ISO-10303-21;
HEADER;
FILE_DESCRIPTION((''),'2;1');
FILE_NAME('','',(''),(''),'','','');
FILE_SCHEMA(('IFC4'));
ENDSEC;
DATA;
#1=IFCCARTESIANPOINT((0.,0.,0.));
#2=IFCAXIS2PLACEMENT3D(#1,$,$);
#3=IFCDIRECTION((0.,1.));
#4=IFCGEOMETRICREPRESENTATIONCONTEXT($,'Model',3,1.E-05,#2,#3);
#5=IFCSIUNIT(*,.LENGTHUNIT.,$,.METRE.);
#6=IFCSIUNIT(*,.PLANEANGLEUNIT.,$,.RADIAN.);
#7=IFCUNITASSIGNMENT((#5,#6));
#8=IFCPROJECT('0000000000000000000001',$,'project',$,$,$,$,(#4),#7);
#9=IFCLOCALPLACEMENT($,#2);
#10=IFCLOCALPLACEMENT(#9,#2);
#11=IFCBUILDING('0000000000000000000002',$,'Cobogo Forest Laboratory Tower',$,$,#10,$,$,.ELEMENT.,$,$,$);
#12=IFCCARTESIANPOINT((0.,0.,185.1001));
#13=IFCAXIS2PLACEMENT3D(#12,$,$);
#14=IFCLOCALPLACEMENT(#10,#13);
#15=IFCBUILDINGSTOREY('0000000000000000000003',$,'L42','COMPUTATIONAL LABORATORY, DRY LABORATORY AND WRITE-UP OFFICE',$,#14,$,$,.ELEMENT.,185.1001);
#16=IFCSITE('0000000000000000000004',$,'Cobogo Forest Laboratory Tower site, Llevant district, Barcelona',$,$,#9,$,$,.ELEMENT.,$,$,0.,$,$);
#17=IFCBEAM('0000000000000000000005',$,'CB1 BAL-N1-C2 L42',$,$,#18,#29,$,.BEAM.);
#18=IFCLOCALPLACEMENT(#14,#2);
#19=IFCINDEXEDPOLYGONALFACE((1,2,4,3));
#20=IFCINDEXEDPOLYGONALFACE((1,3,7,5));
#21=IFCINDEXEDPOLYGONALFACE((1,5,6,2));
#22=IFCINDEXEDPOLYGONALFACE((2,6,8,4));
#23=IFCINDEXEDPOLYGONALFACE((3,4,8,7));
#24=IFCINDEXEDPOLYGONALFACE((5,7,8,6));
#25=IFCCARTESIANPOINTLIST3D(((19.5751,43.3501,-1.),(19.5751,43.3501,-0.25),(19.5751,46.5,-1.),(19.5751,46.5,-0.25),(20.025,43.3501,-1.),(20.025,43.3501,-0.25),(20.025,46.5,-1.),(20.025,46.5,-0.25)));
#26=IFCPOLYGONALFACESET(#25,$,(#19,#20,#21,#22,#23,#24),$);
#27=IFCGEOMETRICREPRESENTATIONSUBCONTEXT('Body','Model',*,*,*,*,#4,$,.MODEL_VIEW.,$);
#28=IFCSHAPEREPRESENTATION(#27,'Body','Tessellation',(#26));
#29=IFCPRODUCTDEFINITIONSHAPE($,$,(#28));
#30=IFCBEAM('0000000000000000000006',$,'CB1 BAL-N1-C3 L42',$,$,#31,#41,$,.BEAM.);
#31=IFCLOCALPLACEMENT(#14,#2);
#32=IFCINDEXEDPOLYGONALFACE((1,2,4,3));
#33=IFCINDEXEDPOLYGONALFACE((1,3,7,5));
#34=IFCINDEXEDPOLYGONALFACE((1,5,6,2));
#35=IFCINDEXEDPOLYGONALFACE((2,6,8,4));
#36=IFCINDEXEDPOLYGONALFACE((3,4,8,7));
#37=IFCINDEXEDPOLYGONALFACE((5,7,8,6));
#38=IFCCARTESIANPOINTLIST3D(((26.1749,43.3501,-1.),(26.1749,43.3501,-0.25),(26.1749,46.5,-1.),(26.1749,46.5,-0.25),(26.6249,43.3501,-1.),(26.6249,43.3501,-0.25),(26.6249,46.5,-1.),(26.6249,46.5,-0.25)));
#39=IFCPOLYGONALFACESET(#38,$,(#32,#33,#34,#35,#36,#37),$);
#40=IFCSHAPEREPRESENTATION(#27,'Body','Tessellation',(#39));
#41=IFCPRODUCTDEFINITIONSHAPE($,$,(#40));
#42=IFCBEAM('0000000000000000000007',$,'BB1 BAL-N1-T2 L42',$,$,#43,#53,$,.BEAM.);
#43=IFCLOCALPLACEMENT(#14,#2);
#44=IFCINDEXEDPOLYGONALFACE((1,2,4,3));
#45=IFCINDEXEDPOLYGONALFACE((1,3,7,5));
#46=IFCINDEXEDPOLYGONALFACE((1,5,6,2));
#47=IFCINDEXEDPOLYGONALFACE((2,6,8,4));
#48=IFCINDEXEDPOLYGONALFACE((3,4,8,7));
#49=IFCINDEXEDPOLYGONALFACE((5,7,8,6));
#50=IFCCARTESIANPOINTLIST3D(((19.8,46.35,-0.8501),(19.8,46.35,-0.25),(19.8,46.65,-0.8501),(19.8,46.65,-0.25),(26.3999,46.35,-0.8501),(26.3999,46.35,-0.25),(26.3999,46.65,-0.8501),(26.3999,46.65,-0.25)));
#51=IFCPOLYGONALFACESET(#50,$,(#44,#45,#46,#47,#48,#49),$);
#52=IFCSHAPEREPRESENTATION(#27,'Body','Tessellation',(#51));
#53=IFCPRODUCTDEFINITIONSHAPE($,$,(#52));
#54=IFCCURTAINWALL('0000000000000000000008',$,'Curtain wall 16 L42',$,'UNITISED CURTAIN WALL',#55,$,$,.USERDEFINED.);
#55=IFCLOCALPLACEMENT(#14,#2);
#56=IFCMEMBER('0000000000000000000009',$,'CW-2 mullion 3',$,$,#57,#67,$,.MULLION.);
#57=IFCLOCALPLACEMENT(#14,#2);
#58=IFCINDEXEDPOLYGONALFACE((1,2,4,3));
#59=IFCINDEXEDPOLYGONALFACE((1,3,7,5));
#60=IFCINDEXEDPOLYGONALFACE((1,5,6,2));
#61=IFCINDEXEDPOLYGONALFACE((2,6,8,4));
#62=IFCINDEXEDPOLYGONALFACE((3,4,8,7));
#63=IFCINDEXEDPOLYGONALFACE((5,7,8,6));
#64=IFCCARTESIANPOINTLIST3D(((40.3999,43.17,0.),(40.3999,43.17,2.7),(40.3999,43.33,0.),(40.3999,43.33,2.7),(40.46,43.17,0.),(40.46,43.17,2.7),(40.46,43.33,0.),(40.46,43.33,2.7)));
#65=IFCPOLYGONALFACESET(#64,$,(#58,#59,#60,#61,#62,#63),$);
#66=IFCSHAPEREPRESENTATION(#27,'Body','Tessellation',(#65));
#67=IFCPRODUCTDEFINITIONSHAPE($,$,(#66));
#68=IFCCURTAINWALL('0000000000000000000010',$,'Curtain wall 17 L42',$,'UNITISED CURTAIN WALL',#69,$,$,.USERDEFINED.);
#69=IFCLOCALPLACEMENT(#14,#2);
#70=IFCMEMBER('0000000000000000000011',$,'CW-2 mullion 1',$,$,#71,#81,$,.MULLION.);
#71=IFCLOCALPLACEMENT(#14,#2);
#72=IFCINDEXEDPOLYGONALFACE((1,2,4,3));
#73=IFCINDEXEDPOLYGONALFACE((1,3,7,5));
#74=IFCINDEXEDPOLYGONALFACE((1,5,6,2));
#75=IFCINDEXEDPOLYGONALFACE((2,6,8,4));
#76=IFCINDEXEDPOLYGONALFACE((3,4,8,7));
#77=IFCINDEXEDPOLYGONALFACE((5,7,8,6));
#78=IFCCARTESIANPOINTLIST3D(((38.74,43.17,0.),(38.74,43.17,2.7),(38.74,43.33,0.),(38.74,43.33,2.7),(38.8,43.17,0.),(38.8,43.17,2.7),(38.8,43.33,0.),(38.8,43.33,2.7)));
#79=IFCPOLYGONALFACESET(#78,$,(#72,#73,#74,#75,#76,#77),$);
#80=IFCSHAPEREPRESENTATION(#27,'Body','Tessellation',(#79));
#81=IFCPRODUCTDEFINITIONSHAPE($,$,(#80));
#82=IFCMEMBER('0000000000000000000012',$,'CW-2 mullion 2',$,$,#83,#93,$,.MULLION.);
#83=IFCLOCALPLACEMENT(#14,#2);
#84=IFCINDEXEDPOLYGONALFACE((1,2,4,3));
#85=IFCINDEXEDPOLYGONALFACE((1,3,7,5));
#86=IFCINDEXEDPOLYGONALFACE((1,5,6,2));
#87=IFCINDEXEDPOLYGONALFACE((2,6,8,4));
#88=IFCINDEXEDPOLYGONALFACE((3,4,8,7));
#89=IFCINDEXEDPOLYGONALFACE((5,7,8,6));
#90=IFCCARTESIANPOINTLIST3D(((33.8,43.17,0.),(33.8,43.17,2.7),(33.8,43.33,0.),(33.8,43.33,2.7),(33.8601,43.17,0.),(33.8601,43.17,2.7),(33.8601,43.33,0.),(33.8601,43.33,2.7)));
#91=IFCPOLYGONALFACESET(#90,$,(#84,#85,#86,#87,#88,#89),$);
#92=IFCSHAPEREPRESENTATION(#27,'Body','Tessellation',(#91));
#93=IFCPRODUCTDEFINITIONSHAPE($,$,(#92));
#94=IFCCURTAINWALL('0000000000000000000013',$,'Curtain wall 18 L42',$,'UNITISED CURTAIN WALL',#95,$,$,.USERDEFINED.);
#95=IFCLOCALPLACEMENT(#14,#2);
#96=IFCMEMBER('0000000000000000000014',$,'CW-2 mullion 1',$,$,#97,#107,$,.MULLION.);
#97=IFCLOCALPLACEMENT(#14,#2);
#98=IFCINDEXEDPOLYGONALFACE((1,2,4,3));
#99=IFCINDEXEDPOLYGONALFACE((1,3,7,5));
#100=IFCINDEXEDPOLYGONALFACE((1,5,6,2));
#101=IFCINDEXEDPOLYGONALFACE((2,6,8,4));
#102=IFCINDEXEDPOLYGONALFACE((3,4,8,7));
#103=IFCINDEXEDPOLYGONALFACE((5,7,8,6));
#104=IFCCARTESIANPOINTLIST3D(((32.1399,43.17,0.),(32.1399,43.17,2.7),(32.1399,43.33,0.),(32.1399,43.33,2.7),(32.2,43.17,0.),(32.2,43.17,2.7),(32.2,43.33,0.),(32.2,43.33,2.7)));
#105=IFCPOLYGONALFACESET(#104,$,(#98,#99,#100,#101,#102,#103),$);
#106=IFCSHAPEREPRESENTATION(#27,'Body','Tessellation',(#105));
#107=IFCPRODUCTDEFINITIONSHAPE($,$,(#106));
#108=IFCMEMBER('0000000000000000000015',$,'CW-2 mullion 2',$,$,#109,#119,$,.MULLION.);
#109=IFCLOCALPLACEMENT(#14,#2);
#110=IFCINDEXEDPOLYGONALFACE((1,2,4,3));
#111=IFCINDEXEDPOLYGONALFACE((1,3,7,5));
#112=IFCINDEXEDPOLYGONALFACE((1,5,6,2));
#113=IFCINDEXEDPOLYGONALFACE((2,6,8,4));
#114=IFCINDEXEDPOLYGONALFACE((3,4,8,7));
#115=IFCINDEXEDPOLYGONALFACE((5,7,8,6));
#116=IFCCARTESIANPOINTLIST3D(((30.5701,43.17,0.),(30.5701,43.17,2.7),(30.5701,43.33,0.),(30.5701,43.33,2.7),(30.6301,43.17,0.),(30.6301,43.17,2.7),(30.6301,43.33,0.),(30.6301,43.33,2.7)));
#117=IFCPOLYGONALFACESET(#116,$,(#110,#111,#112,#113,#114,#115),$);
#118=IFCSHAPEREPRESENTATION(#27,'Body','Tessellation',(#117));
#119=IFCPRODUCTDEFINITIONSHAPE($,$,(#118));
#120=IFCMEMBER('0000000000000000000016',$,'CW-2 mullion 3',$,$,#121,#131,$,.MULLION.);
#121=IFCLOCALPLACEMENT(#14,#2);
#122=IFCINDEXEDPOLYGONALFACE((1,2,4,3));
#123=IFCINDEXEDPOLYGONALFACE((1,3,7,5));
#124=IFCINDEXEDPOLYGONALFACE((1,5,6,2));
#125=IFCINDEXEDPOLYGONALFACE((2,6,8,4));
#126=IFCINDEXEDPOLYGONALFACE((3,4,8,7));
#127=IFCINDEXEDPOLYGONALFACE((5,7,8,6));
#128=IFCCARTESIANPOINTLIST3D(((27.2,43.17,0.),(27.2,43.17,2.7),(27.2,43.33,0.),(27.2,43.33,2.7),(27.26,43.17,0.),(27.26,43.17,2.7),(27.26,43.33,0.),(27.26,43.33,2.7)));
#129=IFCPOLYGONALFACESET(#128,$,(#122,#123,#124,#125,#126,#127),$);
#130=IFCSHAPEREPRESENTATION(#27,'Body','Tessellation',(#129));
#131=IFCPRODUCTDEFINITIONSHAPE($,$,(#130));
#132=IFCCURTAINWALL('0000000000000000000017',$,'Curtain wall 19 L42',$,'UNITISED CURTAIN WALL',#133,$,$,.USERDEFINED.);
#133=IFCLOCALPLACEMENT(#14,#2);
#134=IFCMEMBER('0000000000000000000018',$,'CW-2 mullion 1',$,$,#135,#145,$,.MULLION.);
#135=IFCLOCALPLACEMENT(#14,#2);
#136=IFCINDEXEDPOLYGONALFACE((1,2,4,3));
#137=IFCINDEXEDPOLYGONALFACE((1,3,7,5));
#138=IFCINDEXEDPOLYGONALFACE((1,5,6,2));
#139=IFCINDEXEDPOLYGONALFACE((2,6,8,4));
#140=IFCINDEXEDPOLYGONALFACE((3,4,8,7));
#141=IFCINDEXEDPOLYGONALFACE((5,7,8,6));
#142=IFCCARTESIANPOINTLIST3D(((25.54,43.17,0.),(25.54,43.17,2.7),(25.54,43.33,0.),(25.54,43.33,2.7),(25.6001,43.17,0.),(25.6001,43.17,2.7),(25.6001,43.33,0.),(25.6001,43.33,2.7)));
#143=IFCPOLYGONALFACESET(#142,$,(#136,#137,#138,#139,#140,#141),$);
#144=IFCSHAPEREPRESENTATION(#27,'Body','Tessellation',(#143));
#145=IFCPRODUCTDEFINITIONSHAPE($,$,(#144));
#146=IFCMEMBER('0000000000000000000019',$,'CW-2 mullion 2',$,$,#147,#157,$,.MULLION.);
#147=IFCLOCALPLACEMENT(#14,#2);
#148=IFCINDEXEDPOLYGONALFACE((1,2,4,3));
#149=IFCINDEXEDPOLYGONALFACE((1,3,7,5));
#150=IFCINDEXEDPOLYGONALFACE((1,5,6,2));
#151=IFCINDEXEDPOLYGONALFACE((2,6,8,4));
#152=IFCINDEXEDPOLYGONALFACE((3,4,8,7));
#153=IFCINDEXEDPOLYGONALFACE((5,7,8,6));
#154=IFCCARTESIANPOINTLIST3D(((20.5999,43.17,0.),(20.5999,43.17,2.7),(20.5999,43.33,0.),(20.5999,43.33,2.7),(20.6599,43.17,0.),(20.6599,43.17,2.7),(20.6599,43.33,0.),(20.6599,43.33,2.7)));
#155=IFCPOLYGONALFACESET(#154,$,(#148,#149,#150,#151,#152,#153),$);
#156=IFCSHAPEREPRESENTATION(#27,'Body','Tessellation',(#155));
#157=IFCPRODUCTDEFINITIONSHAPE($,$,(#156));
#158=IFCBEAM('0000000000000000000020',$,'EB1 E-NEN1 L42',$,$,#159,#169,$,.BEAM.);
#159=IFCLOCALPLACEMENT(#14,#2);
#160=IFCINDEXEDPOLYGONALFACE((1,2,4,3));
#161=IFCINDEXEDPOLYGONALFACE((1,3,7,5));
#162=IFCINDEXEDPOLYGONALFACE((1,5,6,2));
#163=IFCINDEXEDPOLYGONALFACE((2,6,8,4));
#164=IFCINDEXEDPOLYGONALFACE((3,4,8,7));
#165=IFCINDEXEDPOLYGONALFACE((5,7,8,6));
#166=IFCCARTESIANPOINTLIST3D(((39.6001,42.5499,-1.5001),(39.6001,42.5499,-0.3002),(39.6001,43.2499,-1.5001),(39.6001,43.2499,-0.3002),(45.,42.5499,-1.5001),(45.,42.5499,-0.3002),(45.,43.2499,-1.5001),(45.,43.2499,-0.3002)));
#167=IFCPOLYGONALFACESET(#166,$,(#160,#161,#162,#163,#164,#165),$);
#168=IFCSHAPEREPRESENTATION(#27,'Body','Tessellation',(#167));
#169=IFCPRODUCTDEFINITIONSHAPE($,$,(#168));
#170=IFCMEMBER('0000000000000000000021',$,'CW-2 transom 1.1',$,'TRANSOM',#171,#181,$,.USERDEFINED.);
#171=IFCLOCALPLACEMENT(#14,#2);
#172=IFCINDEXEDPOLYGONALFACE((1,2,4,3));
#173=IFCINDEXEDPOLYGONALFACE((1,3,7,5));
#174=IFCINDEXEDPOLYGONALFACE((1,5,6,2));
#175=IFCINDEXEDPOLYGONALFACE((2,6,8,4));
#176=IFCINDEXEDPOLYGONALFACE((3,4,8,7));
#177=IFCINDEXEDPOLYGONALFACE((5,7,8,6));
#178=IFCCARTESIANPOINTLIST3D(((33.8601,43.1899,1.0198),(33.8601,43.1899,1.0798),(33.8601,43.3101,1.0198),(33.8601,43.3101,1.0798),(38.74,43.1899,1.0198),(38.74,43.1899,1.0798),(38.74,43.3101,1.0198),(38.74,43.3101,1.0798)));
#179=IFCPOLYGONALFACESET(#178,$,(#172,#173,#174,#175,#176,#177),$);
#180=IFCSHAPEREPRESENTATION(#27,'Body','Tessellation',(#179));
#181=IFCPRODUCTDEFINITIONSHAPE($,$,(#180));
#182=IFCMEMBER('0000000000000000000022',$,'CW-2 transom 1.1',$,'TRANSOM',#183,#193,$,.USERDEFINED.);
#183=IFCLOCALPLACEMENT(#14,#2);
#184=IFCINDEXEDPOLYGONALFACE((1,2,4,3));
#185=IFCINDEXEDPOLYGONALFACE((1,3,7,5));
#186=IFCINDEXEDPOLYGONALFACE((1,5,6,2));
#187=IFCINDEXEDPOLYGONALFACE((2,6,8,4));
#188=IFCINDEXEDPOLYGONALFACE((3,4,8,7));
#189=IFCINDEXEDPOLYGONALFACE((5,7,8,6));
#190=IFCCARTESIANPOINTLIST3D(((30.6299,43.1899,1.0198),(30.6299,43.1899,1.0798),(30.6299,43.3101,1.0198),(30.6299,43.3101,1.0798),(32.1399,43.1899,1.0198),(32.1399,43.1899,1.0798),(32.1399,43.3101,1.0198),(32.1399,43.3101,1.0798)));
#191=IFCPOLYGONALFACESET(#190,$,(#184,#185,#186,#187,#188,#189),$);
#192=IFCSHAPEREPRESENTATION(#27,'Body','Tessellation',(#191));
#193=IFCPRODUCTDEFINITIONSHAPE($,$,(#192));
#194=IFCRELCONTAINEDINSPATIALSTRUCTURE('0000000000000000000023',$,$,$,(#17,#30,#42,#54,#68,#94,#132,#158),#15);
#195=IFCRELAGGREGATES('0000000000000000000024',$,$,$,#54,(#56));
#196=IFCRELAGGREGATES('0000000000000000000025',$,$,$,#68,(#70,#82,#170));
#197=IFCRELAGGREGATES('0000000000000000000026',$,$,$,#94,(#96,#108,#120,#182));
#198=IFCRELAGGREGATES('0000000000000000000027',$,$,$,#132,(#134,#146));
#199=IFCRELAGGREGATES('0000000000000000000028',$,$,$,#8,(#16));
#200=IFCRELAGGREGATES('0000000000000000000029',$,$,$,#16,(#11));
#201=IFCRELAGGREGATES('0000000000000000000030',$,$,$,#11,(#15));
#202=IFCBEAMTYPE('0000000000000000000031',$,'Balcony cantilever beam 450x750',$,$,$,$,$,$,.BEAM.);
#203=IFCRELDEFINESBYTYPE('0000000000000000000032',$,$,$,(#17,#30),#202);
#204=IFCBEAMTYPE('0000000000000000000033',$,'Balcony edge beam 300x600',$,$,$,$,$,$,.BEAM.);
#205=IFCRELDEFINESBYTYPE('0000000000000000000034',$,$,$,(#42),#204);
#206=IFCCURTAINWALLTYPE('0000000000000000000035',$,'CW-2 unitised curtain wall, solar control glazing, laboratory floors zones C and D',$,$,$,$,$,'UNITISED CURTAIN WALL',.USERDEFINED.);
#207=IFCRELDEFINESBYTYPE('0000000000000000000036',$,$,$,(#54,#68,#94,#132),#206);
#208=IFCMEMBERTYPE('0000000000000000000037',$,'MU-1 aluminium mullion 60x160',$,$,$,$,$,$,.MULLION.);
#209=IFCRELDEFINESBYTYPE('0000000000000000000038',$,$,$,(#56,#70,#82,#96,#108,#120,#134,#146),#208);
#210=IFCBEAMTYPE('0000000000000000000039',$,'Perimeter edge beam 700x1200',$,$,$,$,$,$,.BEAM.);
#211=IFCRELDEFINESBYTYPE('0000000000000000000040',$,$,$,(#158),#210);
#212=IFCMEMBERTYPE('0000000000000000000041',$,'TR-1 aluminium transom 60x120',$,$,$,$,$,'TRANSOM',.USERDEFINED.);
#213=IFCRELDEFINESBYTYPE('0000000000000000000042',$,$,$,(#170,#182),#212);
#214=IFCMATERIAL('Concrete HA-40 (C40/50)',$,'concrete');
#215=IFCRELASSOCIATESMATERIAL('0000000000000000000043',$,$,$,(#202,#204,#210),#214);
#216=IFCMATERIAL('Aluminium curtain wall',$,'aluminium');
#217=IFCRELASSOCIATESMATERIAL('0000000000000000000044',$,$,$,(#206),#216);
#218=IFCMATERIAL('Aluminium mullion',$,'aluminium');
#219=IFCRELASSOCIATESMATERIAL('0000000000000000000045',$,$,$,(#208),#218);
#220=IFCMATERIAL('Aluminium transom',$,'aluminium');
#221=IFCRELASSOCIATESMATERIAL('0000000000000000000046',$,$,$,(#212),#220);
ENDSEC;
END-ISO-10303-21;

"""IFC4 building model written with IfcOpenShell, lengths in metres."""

from ifc_helpers import new_model, si_unit, direction, frame, origin, origin_2d, place, context, subcontext, project, spatial, rectangle, extrude, material, material_profile, profile_set, type_object, element, aggregate, save


model = new_model("IFC4")

# Units and contexts
model_context = context("Model", 3, precision=1e-05, world=origin(), true_north=direction((0.0, 1.0)))
body_context = subcontext(model_context, "Body", "Model", "MODEL_VIEW")
ifc_project = project(units=[si_unit("LENGTHUNIT", "METRE"), si_unit("PLANEANGLEUNIT", "RADIAN")], contexts=[model_context])

# Site, building, storey
site_placement = place(None, origin())
site = spatial("IfcSite", under=ifc_project, at=site_placement, Name="Cobogo Forest Laboratory Tower site, Llevant district, Barcelona", CompositionType="ELEMENT", RefElevation=0.0)
building_placement = place(site_placement, origin())
building = spatial("IfcBuilding", under=site, at=building_placement, Name="Cobogo Forest Laboratory Tower", CompositionType="ELEMENT")
storey_placement = place(building_placement, frame((0.0, 0.0, 185.1001)))
storey = spatial("IfcBuildingStorey", under=building, at=storey_placement, Name="L42", Description="COMPUTATIONAL LABORATORY, DRY LABORATORY AND WRITE-UP OFFICE", CompositionType="ELEMENT", Elevation=185.1001)

# Beams
ifc_material_1 = material(Name="Concrete HA-40 (C40/50)", Category="concrete")
ifc_material_profile_1 = material_profile(ifc_material_1, rectangle(XDim=0.45, YDim=0.75, at=origin_2d()), Name="RC 450x750")
ifc_profile_set_1 = profile_set([ifc_material_profile_1], Name="Concrete HA-40 (C40/50)")
beam_type_1 = type_object("IfcBeamType", Name="Balcony cantilever beam 450x750", PredefinedType="BEAM", material=ifc_profile_set_1)
for number, where, z_axis, x_axis, name in (
    (1, (19.8, 43.3501, -0.625), (0.0, 1.0, 0.0), (-1.0, 0.0, 0.0), "CB1 BAL-N1-C2 L42"),
    (2, (26.3999, 43.3501, -0.625), (0.0, 1.0, 0.0), (-1.0, 0.0, 0.0), "CB1 BAL-N1-C3 L42"),
):
    element("IfcBeam", number, at=place(storey_placement, frame(where, z_axis=z_axis, x_axis=x_axis)), inside=storey, type_object=beam_type_1, Name=name, PredefinedType="BEAM", context=body_context, shape_type="SweptSolid", body=[
        extrude(rectangle(XDim=0.45, YDim=0.75, at=origin_2d()), origin(), (0.0, 0.0, 1.0), 3.1499),
    ])
ifc_material_profile_2 = material_profile(ifc_material_1, rectangle(XDim=0.3, YDim=0.6001, at=origin_2d()), Name="RC 300x600")
ifc_profile_set_2 = profile_set([ifc_material_profile_2], Name="Concrete HA-40 (C40/50)")
beam_type_2 = type_object("IfcBeamType", Name="Balcony edge beam 300x600", PredefinedType="BEAM", material=ifc_profile_set_2)
beam_1_placement = place(storey_placement, frame((19.8, 46.5, -0.55), z_axis=(1.0, 0.0, 0.0), x_axis=(0.0, 1.0, 0.0)))
element("IfcBeam", 3, at=beam_1_placement, inside=storey, type_object=beam_type_2, Name="BB1 BAL-N1-T2 L42", PredefinedType="BEAM", context=body_context, shape_type="SweptSolid", body=[
    extrude(rectangle(XDim=0.3, YDim=0.6001, at=origin_2d()), origin(), (0.0, 0.0, 1.0), 6.5999),
])

# Curtain wall, member
ifc_material_2 = material(Name="Aluminium curtain wall", Category="aluminium")
curtain_wall_type = type_object("IfcCurtainWallType", Name="CW-2 unitised curtain wall, solar control glazing, laboratory floors zones C and D", ElementType="UNITISED CURTAIN WALL", PredefinedType="USERDEFINED", material=ifc_material_2)
curtain_wall_1_placement = place(storey_placement, origin())
curtain_wall_1 = element("IfcCurtainWall", 4, at=curtain_wall_1_placement, inside=storey, type_object=curtain_wall_type, Name="Curtain wall 16 L42", ObjectType="UNITISED CURTAIN WALL", PredefinedType="USERDEFINED")
ifc_material_3 = material(Name="Aluminium mullion", Category="aluminium")
ifc_material_profile_3 = material_profile(ifc_material_3, rectangle(XDim=0.0601, YDim=0.1599, at=origin_2d()), Name="AL 60x160")
ifc_profile_set_3 = profile_set([ifc_material_profile_3], Name="Aluminium mullion")
member_type_1 = type_object("IfcMemberType", Name="MU-1 aluminium mullion 60x160", PredefinedType="MULLION", material=ifc_profile_set_3)
member_1_placement = place(storey_placement, frame((40.4299, 43.25, 0.0), z_axis=(0.0, 0.0, 1.0), x_axis=(-1.0, 0.0, 0.0)))
member_1 = element("IfcMember", 5, at=member_1_placement, type_object=member_type_1, Name="CW-2 mullion 3", PredefinedType="MULLION", context=body_context, shape_type="SweptSolid", body=[
    extrude(rectangle(XDim=0.0601, YDim=0.1599, at=origin_2d()), origin(), (0.0, 0.0, 1.0), 2.7),
])
aggregate(curtain_wall_1, [member_1])

# Curtain walls, members
curtain_wall_2_placement = place(storey_placement, origin())
curtain_wall_2 = element("IfcCurtainWall", 6, at=curtain_wall_2_placement, inside=storey, type_object=curtain_wall_type, Name="Curtain wall 17 L42", ObjectType="UNITISED CURTAIN WALL", PredefinedType="USERDEFINED")
member_2_placement = place(storey_placement, frame((38.77, 43.25, 0.0), z_axis=(0.0, 0.0, 1.0), x_axis=(-1.0, 0.0, 0.0)))
member_2 = element("IfcMember", 7, at=member_2_placement, type_object=member_type_1, Name="CW-2 mullion 1", PredefinedType="MULLION", context=body_context, shape_type="SweptSolid", body=[
    extrude(rectangle(XDim=0.0601, YDim=0.1599, at=origin_2d()), origin(), (0.0, 0.0, 1.0), 2.7),
])
member_3_placement = place(storey_placement, frame((33.8301, 43.25, 0.0), z_axis=(0.0, 0.0, 1.0), x_axis=(-1.0, 0.0, 0.0)))
member_3 = element("IfcMember", 8, at=member_3_placement, type_object=member_type_1, Name="CW-2 mullion 2", PredefinedType="MULLION", context=body_context, shape_type="SweptSolid", body=[
    extrude(rectangle(XDim=0.0601, YDim=0.1599, at=origin_2d()), origin(), (0.0, 0.0, 1.0), 2.7),
])
curtain_wall_3_placement = place(storey_placement, origin())
curtain_wall_3 = element("IfcCurtainWall", 9, at=curtain_wall_3_placement, inside=storey, type_object=curtain_wall_type, Name="Curtain wall 18 L42", ObjectType="UNITISED CURTAIN WALL", PredefinedType="USERDEFINED")
member_4_placement = place(storey_placement, frame((32.1699, 43.25, 0.0), z_axis=(0.0, 0.0, 1.0), x_axis=(-1.0, 0.0, 0.0)))
member_4 = element("IfcMember", 10, at=member_4_placement, type_object=member_type_1, Name="CW-2 mullion 1", PredefinedType="MULLION", context=body_context, shape_type="SweptSolid", body=[
    extrude(rectangle(XDim=0.0601, YDim=0.1599, at=origin_2d()), origin(), (0.0, 0.0, 1.0), 2.7),
])
member_5_placement = place(storey_placement, frame((30.6001, 43.25, 0.0), z_axis=(0.0, 0.0, 1.0), x_axis=(-1.0, 0.0, 0.0)))
member_5 = element("IfcMember", 11, at=member_5_placement, type_object=member_type_1, Name="CW-2 mullion 2", PredefinedType="MULLION", context=body_context, shape_type="SweptSolid", body=[
    extrude(rectangle(XDim=0.0601, YDim=0.1599, at=origin_2d()), origin(), (0.0, 0.0, 1.0), 2.7),
])
member_6_placement = place(storey_placement, frame((27.23, 43.25, 0.0), z_axis=(0.0, 0.0, 1.0), x_axis=(-1.0, 0.0, 0.0)))
member_6 = element("IfcMember", 12, at=member_6_placement, type_object=member_type_1, Name="CW-2 mullion 3", PredefinedType="MULLION", context=body_context, shape_type="SweptSolid", body=[
    extrude(rectangle(XDim=0.0601, YDim=0.1599, at=origin_2d()), origin(), (0.0, 0.0, 1.0), 2.7),
])
curtain_wall_4_placement = place(storey_placement, origin())
curtain_wall_4 = element("IfcCurtainWall", 13, at=curtain_wall_4_placement, inside=storey, type_object=curtain_wall_type, Name="Curtain wall 19 L42", ObjectType="UNITISED CURTAIN WALL", PredefinedType="USERDEFINED")
member_7_placement = place(storey_placement, frame((25.5701, 43.25, 0.0), z_axis=(0.0, 0.0, 1.0), x_axis=(-1.0, 0.0, 0.0)))
member_7 = element("IfcMember", 14, at=member_7_placement, type_object=member_type_1, Name="CW-2 mullion 1", PredefinedType="MULLION", context=body_context, shape_type="SweptSolid", body=[
    extrude(rectangle(XDim=0.0601, YDim=0.1599, at=origin_2d()), origin(), (0.0, 0.0, 1.0), 2.7),
])
member_8_placement = place(storey_placement, frame((20.6299, 43.25, 0.0), z_axis=(0.0, 0.0, 1.0), x_axis=(-1.0, 0.0, 0.0)))
member_8 = element("IfcMember", 15, at=member_8_placement, type_object=member_type_1, Name="CW-2 mullion 2", PredefinedType="MULLION", context=body_context, shape_type="SweptSolid", body=[
    extrude(rectangle(XDim=0.0601, YDim=0.1599, at=origin_2d()), origin(), (0.0, 0.0, 1.0), 2.7),
])

# Beam
ifc_material_profile_4 = material_profile(ifc_material_1, rectangle(XDim=0.7, YDim=1.2, at=origin_2d()), Name="RC 700x1200")
ifc_profile_set_4 = profile_set([ifc_material_profile_4], Name="Concrete HA-40 (C40/50)")
beam_type_3 = type_object("IfcBeamType", Name="Perimeter edge beam 700x1200", PredefinedType="BEAM", material=ifc_profile_set_4)
beam_2_placement = place(storey_placement, frame((39.6001, 42.8999, -0.9001), z_axis=(1.0, 0.0, 0.0), x_axis=(0.0, 1.0, 0.0)))
element("IfcBeam", 16, at=beam_2_placement, inside=storey, type_object=beam_type_3, Name="EB1 E-NEN1 L42", PredefinedType="BEAM", context=body_context, shape_type="SweptSolid", body=[
    extrude(rectangle(XDim=0.7, YDim=1.2, at=origin_2d()), origin(), (0.0, 0.0, 1.0), 5.3999),
])

# Members
ifc_material_4 = material(Name="Aluminium transom", Category="aluminium")
ifc_material_profile_5 = material_profile(ifc_material_4, rectangle(XDim=0.1201, YDim=0.0601, at=origin_2d()), Name="AL 60x120")
ifc_profile_set_5 = profile_set([ifc_material_profile_5], Name="Aluminium transom")
member_type_2 = type_object("IfcMemberType", Name="TR-1 aluminium transom 60x120", ElementType="TRANSOM", PredefinedType="USERDEFINED", material=ifc_profile_set_5)
member_9_placement = place(storey_placement, frame((38.74, 43.25, 1.0498), z_axis=(-1.0, 0.0, 0.0), x_axis=(0.0, -1.0, 0.0)))
member_9 = element("IfcMember", 17, at=member_9_placement, type_object=member_type_2, Name="CW-2 transom 1.1", ObjectType="TRANSOM", PredefinedType="USERDEFINED", context=body_context, shape_type="SweptSolid", body=[
    extrude(rectangle(XDim=0.1201, YDim=0.0601, at=origin_2d()), origin(), (0.0, 0.0, 1.0), 4.8799),
])
member_10_placement = place(storey_placement, frame((32.1399, 43.25, 1.0498), z_axis=(-1.0, 0.0, 0.0), x_axis=(0.0, -1.0, 0.0)))
member_10 = element("IfcMember", 18, at=member_10_placement, type_object=member_type_2, Name="CW-2 transom 1.1", ObjectType="TRANSOM", PredefinedType="USERDEFINED", context=body_context, shape_type="SweptSolid", body=[
    extrude(rectangle(XDim=0.1201, YDim=0.0601, at=origin_2d()), origin(), (0.0, 0.0, 1.0), 1.51),
])

aggregate(curtain_wall_2, [member_2, member_3, member_9])
aggregate(curtain_wall_3, [member_4, member_5, member_6, member_10])
aggregate(curtain_wall_4, [member_7, member_8])

save(model, "model.ifc")
